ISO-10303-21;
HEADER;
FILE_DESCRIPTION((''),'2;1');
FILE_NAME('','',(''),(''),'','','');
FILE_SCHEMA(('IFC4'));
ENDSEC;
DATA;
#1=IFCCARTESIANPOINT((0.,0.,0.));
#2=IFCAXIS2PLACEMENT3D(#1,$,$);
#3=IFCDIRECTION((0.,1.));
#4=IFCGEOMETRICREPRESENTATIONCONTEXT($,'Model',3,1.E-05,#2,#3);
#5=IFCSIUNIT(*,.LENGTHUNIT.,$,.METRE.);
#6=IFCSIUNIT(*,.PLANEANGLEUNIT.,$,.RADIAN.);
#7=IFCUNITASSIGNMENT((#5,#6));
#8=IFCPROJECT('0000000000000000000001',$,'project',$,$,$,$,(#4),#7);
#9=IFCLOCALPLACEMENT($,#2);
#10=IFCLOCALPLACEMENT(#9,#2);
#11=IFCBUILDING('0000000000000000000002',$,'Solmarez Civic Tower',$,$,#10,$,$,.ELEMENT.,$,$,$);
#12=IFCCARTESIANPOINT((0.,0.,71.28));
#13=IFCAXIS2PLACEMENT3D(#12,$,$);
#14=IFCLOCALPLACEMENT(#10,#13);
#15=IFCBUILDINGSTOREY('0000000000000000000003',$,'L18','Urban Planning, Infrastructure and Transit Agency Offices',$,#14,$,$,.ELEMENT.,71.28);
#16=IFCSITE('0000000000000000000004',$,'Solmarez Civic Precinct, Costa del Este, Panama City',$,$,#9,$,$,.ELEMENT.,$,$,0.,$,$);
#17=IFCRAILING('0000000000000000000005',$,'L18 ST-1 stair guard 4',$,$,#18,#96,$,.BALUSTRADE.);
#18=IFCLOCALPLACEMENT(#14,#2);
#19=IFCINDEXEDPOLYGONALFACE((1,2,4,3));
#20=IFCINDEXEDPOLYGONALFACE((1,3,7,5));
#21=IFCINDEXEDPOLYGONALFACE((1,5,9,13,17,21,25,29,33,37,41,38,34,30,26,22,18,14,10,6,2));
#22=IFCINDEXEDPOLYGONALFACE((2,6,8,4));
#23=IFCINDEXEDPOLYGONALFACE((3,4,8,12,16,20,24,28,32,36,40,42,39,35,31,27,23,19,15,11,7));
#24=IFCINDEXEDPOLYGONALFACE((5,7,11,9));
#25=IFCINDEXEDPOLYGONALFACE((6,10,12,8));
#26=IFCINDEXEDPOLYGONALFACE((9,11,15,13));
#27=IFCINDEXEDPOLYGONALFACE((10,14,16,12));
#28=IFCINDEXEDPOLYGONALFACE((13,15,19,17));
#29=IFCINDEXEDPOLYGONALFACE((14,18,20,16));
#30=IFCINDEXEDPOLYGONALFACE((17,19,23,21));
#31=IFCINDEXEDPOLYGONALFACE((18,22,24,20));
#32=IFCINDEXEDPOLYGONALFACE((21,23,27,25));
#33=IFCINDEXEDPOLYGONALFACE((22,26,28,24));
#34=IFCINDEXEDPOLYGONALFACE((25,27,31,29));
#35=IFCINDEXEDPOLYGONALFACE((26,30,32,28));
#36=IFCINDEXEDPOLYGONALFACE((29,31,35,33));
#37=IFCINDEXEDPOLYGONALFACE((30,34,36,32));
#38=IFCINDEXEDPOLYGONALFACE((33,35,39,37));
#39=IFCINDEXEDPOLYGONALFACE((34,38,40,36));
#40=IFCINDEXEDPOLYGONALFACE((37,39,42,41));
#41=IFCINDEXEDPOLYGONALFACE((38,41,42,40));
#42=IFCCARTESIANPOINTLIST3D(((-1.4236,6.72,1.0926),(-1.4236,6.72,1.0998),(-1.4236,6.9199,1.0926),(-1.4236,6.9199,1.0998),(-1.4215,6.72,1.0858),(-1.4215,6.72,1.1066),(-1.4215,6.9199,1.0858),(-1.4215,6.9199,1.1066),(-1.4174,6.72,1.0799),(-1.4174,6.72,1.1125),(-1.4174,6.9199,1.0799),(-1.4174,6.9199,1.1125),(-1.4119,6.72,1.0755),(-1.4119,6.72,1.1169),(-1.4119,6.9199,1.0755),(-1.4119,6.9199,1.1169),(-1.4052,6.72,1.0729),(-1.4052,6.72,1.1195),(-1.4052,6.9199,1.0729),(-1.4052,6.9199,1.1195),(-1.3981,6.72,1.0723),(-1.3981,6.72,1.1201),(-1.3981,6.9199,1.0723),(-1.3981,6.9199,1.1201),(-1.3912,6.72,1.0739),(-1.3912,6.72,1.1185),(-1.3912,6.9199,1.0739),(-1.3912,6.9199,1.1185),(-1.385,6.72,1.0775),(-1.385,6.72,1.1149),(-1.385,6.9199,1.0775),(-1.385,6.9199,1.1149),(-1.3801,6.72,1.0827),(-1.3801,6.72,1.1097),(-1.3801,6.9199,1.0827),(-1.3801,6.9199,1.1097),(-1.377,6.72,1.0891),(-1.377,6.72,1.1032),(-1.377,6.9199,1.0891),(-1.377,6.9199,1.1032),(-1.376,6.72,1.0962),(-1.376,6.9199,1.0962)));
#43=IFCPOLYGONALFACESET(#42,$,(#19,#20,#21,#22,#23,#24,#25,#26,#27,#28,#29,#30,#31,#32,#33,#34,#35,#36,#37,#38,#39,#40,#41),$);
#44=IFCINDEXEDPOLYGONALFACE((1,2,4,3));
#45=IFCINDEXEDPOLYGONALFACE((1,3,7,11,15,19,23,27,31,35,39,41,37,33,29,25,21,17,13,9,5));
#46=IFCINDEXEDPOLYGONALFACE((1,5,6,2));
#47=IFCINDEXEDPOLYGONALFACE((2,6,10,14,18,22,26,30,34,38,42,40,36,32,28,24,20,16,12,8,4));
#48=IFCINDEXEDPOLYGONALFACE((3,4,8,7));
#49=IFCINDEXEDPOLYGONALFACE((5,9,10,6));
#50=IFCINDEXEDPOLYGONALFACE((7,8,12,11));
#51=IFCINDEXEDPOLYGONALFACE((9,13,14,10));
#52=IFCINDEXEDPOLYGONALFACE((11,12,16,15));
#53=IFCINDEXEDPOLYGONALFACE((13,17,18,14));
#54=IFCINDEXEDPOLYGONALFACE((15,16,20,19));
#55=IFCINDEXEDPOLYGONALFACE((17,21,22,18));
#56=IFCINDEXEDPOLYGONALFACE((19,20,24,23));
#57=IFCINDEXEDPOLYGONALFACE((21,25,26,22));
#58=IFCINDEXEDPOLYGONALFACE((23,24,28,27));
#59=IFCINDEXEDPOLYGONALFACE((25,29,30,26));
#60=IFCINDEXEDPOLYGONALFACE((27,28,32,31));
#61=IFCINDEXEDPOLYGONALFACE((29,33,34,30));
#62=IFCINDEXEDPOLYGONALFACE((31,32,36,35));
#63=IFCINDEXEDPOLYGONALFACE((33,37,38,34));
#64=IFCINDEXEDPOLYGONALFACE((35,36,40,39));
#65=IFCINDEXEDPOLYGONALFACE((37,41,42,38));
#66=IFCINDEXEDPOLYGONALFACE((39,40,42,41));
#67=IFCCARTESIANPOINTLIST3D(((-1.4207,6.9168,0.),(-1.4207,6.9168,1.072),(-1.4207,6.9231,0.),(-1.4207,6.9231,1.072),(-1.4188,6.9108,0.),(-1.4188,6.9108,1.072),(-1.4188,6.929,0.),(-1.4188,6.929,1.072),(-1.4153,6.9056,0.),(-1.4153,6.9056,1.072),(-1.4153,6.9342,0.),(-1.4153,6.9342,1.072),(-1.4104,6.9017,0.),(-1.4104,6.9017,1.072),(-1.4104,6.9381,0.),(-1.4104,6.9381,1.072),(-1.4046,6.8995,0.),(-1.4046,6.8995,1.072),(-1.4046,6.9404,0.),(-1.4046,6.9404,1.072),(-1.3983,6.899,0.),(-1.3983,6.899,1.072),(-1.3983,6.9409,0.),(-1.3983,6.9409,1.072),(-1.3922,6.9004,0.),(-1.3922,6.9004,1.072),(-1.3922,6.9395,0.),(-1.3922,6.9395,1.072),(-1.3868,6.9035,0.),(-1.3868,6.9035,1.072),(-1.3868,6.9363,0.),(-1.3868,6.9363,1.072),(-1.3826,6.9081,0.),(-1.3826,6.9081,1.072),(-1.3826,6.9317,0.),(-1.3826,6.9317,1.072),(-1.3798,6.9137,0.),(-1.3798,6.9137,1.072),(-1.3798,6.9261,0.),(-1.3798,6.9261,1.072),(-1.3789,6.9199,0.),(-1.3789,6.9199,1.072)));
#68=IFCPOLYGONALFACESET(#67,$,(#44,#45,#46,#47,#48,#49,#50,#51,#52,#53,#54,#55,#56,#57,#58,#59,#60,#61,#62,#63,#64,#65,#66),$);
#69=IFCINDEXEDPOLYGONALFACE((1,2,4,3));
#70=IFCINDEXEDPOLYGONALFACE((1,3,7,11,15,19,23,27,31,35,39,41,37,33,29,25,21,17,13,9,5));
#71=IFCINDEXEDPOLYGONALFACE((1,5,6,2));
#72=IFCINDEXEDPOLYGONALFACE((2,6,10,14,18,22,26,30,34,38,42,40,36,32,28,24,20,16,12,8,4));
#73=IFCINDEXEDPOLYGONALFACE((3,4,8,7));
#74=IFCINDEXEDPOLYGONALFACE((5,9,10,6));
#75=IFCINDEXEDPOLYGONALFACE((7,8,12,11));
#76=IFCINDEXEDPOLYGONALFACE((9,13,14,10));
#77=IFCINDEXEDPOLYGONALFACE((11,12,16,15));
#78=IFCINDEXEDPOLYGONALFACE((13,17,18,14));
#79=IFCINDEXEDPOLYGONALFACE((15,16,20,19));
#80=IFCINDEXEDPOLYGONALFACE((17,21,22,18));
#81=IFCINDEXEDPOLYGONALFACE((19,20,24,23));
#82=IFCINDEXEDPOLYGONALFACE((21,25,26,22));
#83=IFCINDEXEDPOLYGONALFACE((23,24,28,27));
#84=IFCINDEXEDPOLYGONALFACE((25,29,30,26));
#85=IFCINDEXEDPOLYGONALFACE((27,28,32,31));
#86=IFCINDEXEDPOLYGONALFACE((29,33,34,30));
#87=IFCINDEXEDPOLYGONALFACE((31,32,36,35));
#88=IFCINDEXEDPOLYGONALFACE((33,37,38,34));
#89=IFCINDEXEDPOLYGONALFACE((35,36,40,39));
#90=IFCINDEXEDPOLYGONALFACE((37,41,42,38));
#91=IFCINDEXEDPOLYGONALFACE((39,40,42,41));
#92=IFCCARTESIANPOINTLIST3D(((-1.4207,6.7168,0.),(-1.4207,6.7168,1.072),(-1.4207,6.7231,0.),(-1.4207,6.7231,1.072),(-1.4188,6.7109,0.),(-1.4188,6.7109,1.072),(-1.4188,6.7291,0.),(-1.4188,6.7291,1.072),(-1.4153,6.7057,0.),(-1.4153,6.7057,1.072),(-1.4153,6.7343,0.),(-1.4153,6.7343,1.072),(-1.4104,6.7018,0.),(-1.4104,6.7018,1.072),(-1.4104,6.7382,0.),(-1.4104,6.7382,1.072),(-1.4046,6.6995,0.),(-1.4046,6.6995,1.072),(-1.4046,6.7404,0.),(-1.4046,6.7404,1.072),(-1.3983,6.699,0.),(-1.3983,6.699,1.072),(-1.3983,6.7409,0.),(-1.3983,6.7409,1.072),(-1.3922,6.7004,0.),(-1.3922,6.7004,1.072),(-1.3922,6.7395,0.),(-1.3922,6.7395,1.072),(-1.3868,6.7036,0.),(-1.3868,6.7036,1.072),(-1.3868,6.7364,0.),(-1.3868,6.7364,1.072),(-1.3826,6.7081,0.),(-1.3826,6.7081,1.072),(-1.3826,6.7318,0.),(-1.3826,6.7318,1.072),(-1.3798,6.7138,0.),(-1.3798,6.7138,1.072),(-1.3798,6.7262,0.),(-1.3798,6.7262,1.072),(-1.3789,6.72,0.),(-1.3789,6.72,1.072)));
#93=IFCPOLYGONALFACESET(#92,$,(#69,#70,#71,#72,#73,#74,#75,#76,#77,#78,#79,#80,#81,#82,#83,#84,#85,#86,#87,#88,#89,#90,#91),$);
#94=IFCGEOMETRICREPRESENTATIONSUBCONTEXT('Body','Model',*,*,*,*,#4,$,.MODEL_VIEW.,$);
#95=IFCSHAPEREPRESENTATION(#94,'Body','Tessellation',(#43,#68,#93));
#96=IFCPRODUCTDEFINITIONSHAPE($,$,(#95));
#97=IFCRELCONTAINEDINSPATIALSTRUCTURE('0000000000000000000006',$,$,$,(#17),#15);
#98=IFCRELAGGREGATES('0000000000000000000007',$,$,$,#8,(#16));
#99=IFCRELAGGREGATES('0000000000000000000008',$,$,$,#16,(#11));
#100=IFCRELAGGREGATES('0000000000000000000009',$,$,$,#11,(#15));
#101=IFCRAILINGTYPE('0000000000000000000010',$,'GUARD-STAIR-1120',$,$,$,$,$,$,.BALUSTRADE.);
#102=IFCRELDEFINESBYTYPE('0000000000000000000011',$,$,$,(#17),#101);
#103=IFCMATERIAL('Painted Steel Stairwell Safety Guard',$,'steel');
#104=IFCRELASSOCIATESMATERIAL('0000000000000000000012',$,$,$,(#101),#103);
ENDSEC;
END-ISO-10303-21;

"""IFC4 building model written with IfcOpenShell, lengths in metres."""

from ifc_helpers import new_model, si_unit, direction, frame, origin, origin_2d, place, context, subcontext, project, spatial, circle, extrude, material, type_object, element, save


model = new_model("IFC4")

# Units and contexts
model_context = context("Model", 3, precision=1e-05, world=origin(), true_north=direction((0.0, 1.0)))
body_context = subcontext(model_context, "Body", "Model", "MODEL_VIEW")
ifc_project = project(units=[si_unit("LENGTHUNIT", "METRE"), si_unit("PLANEANGLEUNIT", "RADIAN")], contexts=[model_context])

# Site, building, storey
site_placement = place(None, origin())
site = spatial("IfcSite", under=ifc_project, at=site_placement, Name="Solmarez Civic Precinct, Costa del Este, Panama City", CompositionType="ELEMENT", RefElevation=0.0)
building_placement = place(site_placement, origin())
building = spatial("IfcBuilding", under=site, at=building_placement, Name="Solmarez Civic Tower", CompositionType="ELEMENT")
storey_placement = place(building_placement, frame((0.0, 0.0, 71.28)))
storey = spatial("IfcBuildingStorey", under=building, at=storey_placement, Name="L18", Description="Urban Planning, Infrastructure and Transit Agency Offices", CompositionType="ELEMENT", Elevation=71.28)

# Railing
ifc_material_1 = material(Name="Painted Steel Stairwell Safety Guard", Category="steel")
railing_type_1 = type_object("IfcRailingType", Name="GUARD-STAIR-1120", PredefinedType="BALUSTRADE", material=ifc_material_1)
railing_1_placement = place(storey_placement, frame((-1.3999, 6.9199, 0.0)))
element("IfcRailing", 1, at=railing_1_placement, inside=storey, type_object=railing_type_1, Name="L18 ST-1 stair guard 4", PredefinedType="BALUSTRADE", context=body_context, shape_type="SweptSolid", body=[
    extrude(circle(Radius=0.0239, at=origin_2d()), frame((0.0, 0.0, 1.0962), z_axis=(0.0, -1.0, 0.0), x_axis=(1.0, 0.0, 0.0)), (0.0, 0.0, 1.0), 0.2),
    extrude(circle(Radius=0.021, at=origin_2d()), origin(), (0.0, 0.0, 1.0), 1.072),
    extrude(circle(Radius=0.021, at=origin_2d()), frame((0.0, -0.2, 0.0)), (0.0, 0.0, 1.0), 1.072),
])

save(model, "model.ifc")
